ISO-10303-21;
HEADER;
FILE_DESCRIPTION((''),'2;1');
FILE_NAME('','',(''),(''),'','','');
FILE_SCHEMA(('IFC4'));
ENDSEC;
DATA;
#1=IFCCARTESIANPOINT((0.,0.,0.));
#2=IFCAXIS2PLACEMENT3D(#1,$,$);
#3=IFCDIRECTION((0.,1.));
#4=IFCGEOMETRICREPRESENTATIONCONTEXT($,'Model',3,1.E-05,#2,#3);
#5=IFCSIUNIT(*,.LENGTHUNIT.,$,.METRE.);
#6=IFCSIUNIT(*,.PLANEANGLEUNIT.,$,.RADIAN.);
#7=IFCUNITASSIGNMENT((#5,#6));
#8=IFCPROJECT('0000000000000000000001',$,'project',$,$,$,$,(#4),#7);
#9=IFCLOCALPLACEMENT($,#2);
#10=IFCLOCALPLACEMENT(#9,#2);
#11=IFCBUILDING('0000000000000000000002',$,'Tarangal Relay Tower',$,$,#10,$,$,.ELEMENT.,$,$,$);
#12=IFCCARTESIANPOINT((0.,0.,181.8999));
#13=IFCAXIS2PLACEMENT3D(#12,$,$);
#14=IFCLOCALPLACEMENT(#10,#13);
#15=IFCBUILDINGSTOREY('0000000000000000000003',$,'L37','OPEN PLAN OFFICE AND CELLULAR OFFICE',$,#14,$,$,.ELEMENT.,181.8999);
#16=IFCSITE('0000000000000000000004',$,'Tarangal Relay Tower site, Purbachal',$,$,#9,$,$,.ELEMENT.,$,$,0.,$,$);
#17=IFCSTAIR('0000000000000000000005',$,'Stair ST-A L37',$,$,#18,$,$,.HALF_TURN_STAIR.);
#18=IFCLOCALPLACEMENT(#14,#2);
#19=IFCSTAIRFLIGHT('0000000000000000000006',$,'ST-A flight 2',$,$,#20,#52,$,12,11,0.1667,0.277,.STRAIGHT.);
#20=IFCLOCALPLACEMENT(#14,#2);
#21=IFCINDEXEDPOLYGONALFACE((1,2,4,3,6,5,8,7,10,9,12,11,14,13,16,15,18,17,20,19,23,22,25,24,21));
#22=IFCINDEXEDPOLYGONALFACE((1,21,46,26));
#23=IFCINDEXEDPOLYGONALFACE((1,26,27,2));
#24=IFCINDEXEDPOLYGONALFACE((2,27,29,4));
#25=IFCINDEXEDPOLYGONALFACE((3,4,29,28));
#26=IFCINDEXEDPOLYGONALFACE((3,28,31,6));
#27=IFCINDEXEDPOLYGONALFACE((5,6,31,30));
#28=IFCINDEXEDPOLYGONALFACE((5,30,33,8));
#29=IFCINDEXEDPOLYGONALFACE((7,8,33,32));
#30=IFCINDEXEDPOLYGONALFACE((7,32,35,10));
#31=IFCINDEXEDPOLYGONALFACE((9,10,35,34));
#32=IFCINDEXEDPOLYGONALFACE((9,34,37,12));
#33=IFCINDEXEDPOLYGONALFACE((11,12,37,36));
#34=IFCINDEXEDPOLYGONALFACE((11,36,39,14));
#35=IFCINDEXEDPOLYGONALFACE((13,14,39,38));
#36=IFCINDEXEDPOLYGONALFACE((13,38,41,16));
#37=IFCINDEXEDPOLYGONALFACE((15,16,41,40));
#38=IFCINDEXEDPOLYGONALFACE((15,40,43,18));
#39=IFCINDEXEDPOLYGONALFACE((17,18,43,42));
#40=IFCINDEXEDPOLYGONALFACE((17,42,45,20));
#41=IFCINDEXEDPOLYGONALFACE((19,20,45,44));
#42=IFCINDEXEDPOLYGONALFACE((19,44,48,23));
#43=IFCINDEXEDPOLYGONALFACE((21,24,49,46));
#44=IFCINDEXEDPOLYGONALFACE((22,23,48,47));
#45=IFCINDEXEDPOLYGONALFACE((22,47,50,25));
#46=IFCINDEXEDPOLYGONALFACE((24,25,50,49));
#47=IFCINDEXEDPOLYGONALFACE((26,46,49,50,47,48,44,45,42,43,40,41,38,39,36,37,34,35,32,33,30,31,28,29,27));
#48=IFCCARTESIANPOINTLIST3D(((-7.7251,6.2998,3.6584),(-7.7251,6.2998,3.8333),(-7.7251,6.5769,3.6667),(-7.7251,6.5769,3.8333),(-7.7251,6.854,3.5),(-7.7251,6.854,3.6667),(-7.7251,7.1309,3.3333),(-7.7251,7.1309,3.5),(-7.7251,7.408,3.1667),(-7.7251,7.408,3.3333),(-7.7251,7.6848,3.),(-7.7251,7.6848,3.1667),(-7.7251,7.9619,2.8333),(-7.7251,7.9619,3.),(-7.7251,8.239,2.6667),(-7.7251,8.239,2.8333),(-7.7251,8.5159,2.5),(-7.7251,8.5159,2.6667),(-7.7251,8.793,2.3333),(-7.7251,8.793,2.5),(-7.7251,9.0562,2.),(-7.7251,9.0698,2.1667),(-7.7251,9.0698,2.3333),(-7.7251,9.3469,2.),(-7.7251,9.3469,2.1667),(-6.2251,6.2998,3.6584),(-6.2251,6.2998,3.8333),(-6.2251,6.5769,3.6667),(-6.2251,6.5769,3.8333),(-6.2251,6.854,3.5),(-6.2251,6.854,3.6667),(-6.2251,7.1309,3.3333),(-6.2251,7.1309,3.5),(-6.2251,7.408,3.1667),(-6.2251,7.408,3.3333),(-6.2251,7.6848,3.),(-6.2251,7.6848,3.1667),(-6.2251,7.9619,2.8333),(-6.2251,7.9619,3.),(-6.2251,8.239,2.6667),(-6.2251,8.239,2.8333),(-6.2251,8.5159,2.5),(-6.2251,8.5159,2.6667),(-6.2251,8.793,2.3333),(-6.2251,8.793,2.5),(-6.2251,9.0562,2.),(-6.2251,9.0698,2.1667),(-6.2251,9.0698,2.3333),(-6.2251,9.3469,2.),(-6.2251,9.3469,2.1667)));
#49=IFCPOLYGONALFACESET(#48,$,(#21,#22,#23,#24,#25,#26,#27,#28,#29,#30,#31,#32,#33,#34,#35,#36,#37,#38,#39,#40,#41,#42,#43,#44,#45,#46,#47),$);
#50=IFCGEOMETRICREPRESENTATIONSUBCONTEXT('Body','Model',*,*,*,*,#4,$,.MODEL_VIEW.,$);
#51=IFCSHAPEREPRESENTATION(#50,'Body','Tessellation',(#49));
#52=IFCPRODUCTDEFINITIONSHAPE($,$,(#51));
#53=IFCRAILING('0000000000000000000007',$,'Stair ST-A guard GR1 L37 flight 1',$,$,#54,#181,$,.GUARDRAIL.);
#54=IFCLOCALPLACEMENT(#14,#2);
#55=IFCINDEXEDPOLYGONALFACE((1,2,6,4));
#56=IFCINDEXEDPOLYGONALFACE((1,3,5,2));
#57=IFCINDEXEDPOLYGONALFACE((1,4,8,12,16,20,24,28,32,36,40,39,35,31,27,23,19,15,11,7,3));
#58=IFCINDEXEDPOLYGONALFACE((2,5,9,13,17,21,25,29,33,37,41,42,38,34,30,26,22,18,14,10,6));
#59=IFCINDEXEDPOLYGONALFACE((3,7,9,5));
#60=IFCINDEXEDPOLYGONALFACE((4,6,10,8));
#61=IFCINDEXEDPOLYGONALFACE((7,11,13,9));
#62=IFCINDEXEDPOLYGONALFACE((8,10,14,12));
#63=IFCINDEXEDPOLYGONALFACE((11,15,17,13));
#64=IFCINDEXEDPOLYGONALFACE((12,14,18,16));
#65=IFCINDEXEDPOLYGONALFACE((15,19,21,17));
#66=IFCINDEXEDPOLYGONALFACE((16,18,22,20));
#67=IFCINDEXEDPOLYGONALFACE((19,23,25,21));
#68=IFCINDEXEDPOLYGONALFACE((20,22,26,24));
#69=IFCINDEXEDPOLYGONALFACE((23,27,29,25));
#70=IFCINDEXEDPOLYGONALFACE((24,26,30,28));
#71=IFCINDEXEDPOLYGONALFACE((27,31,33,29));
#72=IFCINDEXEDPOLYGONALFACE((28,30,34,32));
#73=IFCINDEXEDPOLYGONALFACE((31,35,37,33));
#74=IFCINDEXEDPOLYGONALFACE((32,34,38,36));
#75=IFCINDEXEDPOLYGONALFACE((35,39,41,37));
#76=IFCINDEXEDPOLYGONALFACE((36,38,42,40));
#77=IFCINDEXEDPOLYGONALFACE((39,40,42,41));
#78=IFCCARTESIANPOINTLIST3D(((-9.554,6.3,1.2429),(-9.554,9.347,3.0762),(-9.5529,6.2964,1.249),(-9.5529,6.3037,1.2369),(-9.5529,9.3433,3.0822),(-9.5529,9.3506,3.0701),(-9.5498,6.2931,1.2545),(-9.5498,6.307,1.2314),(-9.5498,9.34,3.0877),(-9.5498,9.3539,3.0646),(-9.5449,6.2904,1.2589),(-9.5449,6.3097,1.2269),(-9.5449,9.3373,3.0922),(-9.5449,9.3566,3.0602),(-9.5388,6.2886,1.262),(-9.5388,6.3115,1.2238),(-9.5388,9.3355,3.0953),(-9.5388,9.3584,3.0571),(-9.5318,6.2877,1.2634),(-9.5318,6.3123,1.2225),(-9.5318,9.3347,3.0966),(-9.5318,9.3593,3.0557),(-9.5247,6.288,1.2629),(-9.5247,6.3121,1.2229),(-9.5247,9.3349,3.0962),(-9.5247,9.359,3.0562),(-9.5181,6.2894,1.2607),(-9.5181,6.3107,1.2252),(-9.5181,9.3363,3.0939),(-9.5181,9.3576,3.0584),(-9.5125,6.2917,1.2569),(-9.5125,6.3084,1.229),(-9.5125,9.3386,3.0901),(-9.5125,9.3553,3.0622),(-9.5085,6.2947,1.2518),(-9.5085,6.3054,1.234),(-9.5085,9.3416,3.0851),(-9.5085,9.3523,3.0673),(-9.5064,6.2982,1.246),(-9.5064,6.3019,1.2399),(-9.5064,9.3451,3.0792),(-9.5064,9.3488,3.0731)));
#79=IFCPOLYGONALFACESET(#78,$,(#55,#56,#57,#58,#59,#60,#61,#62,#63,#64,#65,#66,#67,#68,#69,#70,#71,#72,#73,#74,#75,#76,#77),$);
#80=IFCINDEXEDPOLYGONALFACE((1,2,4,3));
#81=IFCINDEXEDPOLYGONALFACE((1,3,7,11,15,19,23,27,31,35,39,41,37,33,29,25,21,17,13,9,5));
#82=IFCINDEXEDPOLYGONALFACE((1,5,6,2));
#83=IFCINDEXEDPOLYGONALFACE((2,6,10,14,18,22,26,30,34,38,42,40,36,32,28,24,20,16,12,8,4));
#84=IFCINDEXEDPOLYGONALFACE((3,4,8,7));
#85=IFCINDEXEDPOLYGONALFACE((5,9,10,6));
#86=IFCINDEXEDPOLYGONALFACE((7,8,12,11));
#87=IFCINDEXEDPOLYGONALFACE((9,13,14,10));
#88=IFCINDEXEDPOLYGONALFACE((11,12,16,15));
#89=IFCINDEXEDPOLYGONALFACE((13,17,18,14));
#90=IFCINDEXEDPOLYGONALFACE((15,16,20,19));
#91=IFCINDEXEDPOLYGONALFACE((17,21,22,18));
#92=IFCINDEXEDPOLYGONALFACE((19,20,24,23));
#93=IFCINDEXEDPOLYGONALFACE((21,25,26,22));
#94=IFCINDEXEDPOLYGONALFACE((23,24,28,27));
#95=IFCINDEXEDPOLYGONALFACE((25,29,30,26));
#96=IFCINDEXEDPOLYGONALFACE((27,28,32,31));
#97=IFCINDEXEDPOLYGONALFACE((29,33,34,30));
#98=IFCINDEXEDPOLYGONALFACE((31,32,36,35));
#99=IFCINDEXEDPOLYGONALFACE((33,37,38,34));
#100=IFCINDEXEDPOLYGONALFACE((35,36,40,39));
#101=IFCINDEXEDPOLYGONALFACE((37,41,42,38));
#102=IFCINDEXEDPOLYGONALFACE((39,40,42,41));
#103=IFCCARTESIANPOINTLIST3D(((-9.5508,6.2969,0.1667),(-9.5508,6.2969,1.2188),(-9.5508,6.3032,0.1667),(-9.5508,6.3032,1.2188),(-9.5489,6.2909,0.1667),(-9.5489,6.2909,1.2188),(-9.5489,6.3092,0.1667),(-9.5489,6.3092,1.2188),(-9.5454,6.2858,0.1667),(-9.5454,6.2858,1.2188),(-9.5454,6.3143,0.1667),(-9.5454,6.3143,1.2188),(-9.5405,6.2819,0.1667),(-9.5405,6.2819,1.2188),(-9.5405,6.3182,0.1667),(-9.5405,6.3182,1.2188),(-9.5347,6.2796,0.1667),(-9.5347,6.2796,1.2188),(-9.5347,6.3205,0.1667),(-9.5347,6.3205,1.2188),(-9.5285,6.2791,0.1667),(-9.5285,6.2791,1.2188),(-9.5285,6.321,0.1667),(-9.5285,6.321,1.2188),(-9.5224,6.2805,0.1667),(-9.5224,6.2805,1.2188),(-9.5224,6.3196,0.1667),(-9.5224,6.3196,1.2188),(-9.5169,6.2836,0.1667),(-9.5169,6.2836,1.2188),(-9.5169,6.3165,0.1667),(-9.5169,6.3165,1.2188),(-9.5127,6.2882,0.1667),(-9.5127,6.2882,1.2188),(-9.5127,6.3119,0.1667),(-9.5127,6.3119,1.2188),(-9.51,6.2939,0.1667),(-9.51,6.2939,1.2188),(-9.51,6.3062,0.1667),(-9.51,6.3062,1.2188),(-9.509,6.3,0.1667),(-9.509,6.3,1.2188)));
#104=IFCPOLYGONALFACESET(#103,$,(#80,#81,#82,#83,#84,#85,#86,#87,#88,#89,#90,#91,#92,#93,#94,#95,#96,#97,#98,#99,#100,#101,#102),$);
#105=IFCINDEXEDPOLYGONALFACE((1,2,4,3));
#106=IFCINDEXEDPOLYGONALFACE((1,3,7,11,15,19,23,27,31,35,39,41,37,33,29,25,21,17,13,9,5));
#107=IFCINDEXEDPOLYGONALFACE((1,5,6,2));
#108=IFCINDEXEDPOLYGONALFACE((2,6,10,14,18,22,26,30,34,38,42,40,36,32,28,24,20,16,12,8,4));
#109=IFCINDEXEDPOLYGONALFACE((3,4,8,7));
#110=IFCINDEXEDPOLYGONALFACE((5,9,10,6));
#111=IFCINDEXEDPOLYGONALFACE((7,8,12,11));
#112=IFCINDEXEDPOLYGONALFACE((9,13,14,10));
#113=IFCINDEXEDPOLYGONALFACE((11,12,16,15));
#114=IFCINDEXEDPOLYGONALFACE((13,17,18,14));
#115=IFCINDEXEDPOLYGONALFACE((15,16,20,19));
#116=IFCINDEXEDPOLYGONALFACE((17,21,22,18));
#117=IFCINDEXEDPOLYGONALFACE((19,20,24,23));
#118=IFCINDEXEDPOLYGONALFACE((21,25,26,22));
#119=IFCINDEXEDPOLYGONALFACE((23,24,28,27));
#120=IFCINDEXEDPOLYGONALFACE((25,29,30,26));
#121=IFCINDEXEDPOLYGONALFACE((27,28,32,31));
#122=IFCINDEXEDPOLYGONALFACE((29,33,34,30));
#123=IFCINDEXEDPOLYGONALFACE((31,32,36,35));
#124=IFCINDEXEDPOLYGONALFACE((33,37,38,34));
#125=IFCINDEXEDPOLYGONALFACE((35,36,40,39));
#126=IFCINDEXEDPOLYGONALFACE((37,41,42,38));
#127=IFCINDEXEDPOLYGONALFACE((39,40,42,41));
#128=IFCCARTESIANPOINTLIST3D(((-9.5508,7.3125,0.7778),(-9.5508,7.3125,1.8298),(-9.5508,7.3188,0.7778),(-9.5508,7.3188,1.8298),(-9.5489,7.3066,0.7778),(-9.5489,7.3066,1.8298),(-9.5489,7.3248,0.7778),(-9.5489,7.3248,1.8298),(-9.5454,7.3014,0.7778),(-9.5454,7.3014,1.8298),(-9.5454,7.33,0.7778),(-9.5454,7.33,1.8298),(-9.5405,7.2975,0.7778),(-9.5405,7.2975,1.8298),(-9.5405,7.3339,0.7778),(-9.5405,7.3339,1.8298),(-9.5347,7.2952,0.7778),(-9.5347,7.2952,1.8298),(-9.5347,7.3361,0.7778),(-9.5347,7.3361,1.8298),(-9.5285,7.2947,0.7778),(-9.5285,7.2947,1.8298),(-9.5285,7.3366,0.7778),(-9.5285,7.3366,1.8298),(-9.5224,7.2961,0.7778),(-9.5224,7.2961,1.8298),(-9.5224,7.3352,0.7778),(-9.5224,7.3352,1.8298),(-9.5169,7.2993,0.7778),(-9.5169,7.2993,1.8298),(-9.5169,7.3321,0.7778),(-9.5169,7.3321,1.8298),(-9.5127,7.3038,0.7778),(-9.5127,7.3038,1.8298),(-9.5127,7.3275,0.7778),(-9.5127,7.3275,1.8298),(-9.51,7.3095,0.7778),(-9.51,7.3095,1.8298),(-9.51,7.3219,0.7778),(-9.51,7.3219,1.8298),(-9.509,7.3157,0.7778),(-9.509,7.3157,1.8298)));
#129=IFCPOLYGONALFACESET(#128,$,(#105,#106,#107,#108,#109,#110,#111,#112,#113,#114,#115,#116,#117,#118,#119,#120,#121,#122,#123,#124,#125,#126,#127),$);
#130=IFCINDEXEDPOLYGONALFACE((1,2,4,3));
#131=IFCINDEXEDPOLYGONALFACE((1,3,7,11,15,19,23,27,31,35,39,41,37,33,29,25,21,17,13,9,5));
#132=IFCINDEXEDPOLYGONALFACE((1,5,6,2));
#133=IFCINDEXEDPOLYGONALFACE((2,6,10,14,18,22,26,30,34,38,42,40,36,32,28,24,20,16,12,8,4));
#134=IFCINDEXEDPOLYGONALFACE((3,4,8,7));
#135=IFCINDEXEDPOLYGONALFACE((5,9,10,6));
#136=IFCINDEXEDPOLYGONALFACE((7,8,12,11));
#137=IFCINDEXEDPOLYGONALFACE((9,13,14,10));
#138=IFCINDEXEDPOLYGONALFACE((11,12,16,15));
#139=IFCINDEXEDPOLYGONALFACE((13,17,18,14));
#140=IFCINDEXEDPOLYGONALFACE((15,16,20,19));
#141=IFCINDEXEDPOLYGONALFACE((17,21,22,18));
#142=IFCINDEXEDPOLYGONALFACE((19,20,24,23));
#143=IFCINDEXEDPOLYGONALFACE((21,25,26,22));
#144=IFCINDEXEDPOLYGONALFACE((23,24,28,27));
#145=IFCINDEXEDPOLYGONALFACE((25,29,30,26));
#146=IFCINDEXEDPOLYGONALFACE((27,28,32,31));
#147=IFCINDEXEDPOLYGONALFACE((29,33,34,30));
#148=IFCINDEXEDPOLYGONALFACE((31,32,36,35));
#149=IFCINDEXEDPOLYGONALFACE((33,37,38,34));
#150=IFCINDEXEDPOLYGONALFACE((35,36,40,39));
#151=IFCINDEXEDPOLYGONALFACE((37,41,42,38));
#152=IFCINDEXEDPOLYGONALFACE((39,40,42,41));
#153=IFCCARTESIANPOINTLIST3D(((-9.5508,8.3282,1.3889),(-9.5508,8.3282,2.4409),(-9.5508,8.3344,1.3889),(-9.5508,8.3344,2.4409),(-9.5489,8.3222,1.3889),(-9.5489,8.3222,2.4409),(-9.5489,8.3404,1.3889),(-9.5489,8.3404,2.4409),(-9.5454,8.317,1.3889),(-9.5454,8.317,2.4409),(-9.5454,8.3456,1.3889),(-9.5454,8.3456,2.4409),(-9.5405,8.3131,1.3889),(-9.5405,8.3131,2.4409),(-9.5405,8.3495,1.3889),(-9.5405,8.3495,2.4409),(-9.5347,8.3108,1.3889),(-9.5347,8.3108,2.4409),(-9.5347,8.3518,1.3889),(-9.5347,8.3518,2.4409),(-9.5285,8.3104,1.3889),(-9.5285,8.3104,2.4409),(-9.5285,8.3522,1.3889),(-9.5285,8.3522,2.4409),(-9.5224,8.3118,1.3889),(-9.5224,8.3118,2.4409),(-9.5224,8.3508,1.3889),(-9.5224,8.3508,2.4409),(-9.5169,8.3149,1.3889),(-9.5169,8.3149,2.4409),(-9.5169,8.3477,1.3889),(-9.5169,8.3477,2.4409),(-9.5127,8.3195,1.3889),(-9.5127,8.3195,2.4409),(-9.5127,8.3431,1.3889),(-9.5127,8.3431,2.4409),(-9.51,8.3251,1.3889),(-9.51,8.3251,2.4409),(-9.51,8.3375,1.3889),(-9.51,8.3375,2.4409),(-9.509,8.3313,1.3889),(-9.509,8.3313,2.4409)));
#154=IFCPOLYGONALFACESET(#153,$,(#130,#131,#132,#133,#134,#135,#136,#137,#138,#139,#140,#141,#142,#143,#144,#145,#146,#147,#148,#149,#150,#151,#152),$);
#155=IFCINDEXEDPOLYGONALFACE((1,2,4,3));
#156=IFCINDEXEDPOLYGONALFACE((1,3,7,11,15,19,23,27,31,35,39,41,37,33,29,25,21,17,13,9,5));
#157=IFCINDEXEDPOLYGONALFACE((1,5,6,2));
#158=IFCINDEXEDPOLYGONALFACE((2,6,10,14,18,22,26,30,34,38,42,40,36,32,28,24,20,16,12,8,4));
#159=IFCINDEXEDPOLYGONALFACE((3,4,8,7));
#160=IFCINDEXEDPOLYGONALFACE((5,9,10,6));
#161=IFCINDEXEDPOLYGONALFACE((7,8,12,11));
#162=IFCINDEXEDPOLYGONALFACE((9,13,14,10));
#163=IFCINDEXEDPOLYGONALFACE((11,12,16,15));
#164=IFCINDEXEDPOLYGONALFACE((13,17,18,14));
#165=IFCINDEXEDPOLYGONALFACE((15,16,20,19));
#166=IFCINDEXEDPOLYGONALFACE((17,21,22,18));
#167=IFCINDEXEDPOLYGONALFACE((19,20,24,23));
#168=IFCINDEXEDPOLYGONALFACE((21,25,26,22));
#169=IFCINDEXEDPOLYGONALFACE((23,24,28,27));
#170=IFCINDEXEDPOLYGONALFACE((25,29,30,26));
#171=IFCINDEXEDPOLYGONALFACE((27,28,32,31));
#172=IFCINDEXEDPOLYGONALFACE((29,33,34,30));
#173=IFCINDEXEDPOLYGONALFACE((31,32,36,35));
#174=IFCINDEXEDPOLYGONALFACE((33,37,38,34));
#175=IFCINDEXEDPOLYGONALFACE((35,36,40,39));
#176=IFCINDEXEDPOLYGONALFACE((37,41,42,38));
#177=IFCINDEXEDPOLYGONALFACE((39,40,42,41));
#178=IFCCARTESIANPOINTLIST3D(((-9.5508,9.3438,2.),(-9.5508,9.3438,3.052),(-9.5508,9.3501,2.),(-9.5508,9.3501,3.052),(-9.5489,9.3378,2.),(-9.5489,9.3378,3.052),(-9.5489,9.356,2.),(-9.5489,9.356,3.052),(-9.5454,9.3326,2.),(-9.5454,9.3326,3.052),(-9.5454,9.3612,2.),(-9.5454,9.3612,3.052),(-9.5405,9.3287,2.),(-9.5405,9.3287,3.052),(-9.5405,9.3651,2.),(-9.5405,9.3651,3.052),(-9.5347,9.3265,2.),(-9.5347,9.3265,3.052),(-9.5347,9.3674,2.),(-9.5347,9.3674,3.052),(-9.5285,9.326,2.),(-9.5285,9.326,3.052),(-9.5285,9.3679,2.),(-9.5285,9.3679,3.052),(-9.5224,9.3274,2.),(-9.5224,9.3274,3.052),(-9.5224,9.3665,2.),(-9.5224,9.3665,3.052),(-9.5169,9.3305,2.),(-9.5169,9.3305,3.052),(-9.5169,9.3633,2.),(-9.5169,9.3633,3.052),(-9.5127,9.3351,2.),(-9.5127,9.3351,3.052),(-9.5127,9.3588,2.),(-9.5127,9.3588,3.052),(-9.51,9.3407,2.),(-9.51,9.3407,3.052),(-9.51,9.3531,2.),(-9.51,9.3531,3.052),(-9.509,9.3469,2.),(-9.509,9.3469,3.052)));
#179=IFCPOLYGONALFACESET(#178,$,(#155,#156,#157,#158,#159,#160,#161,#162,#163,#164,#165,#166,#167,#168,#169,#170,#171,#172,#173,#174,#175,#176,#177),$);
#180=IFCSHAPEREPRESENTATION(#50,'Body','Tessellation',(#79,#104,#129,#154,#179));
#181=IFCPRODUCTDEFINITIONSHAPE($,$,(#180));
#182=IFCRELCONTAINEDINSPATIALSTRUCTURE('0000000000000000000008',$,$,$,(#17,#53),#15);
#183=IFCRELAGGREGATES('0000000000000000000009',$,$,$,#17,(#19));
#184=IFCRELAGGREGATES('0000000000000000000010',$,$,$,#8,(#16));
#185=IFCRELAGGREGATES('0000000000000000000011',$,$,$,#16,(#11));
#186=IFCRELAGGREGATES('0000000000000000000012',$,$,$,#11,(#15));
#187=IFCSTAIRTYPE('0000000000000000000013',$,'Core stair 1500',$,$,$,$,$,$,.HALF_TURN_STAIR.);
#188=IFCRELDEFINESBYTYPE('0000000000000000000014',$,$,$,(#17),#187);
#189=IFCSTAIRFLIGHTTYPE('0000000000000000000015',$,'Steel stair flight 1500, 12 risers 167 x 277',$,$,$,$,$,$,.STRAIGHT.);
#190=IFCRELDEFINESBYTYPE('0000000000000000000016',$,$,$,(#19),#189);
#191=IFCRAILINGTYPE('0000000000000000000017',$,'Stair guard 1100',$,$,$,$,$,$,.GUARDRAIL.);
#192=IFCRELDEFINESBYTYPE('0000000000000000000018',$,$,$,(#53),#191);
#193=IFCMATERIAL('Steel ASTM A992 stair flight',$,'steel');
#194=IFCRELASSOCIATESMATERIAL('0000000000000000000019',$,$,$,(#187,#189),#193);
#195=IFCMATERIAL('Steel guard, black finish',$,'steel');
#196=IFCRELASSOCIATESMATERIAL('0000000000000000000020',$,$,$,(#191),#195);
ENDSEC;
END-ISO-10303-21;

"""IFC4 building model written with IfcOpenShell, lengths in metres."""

from ifc_helpers import new_model, si_unit, direction, frame, origin, origin_2d, place, context, subcontext, project, spatial, polyline, circle, outline, extrude, material, type_object, element, aggregate, save


model = new_model("IFC4")

# Units and contexts
model_context = context("Model", 3, precision=1e-05, world=origin(), true_north=direction((0.0, 1.0)))
body_context = subcontext(model_context, "Body", "Model", "MODEL_VIEW")
ifc_project = project(units=[si_unit("LENGTHUNIT", "METRE"), si_unit("PLANEANGLEUNIT", "RADIAN")], contexts=[model_context])

# Site, building, storey
site_placement = place(None, origin())
site = spatial("IfcSite", under=ifc_project, at=site_placement, Name="Tarangal Relay Tower site, Purbachal", CompositionType="ELEMENT", RefElevation=0.0)
building_placement = place(site_placement, origin())
building = spatial("IfcBuilding", under=site, at=building_placement, Name="Tarangal Relay Tower", CompositionType="ELEMENT")
storey_placement = place(building_placement, frame((0.0, 0.0, 181.8999)))
storey = spatial("IfcBuildingStorey", under=building, at=storey_placement, Name="L37", Description="OPEN PLAN OFFICE AND CELLULAR OFFICE", CompositionType="ELEMENT", Elevation=181.8999)

# Stair, stair flight
ifc_material_1 = material(Name="Steel ASTM A992 stair flight", Category="steel")
stair_type = type_object("IfcStairType", Name="Core stair 1500", PredefinedType="HALF_TURN_STAIR", material=ifc_material_1)
stair_placement = place(storey_placement, origin())
stair = element("IfcStair", 1, at=stair_placement, inside=storey, type_object=stair_type, Name="Stair ST-A L37", PredefinedType="HALF_TURN_STAIR")
stair_flight_type = type_object("IfcStairFlightType", Name="Steel stair flight 1500, 12 risers 167 x 277", PredefinedType="STRAIGHT", material=ifc_material_1)
stair_flight_1_placement = place(storey_placement, frame((-6.9751, 9.3469, 2.0), z_axis=(0.0, 0.0, 1.0), x_axis=(0.0, -1.0, 0.0)))
stair_flight_1 = element("IfcStairFlight", 2, at=stair_flight_1_placement, type_object=stair_flight_type, Name="ST-A flight 2", NumberOfRisers=12, NumberOfTreads=11, PredefinedType="STRAIGHT", RiserHeight=0.1667, TreadLength=0.277, context=body_context, shape_type="SweptSolid", body=[
    extrude(outline(polyline([(0.0, 0.0), (0.0, 0.1667), (0.2771, 0.1667), (0.2771, 0.3333), (0.554, 0.3333), (0.554, 0.5), (0.8311, 0.5), (0.8311, 0.6667), (1.1079, 0.6667), (1.1079, 0.8333), (1.385, 0.8333), (1.385, 1.0), (1.6621, 1.0), (1.6621, 1.1667), (1.939, 1.1667), (1.939, 1.3333), (2.2161, 1.3333), (2.2161, 1.5), (2.4929, 1.5), (2.4929, 1.6667), (2.77, 1.6667), (2.77, 1.8333), (3.0471, 1.8333), (3.0471, 2.0), (3.0471, 1.6584), (0.2908, 0.0), (0.0, 0.0)])), frame((0.0, 0.75, 0.0), z_axis=(0.0, -1.0, 0.0), x_axis=(1.0, 0.0, 0.0)), (0.0, 0.0, 1.0), 1.5),
])
aggregate(stair, [stair_flight_1])

# Railing
ifc_material_2 = material(Name="Steel guard, black finish", Category="steel")
railing_type_1 = type_object("IfcRailingType", Name="Stair guard 1100", PredefinedType="GUARDRAIL", material=ifc_material_2)
railing_1_placement = place(storey_placement, frame((-9.53, 6.3, 0.1667)))
element("IfcRailing", 3, at=railing_1_placement, inside=storey, type_object=railing_type_1, Name="Stair ST-A guard GR1 L37 flight 1", PredefinedType="GUARDRAIL", context=body_context, shape_type="SweptSolid", body=[
    extrude(circle(Radius=0.0239, at=origin_2d()), frame((0.0, 0.0, 1.0762), z_axis=(0.0, 0.856856, 0.515556), x_axis=(-1.0, 0.0, 0.0)), (0.0, 0.0, 1.0), 3.5559),
    extrude(circle(Radius=0.021, at=origin_2d()), origin(), (0.0, 0.0, 1.0), 1.052),
    extrude(circle(Radius=0.021, at=origin_2d()), frame((0.0, 1.0156, 0.6111)), (0.0, 0.0, 1.0), 1.052),
    extrude(circle(Radius=0.021, at=origin_2d()), frame((0.0, 2.0312, 1.2222)), (0.0, 0.0, 1.0), 1.052),
    extrude(circle(Radius=0.021, at=origin_2d()), frame((0.0, 3.0469, 1.8333)), (0.0, 0.0, 1.0), 1.052),
])

save(model, "model.ifc")
